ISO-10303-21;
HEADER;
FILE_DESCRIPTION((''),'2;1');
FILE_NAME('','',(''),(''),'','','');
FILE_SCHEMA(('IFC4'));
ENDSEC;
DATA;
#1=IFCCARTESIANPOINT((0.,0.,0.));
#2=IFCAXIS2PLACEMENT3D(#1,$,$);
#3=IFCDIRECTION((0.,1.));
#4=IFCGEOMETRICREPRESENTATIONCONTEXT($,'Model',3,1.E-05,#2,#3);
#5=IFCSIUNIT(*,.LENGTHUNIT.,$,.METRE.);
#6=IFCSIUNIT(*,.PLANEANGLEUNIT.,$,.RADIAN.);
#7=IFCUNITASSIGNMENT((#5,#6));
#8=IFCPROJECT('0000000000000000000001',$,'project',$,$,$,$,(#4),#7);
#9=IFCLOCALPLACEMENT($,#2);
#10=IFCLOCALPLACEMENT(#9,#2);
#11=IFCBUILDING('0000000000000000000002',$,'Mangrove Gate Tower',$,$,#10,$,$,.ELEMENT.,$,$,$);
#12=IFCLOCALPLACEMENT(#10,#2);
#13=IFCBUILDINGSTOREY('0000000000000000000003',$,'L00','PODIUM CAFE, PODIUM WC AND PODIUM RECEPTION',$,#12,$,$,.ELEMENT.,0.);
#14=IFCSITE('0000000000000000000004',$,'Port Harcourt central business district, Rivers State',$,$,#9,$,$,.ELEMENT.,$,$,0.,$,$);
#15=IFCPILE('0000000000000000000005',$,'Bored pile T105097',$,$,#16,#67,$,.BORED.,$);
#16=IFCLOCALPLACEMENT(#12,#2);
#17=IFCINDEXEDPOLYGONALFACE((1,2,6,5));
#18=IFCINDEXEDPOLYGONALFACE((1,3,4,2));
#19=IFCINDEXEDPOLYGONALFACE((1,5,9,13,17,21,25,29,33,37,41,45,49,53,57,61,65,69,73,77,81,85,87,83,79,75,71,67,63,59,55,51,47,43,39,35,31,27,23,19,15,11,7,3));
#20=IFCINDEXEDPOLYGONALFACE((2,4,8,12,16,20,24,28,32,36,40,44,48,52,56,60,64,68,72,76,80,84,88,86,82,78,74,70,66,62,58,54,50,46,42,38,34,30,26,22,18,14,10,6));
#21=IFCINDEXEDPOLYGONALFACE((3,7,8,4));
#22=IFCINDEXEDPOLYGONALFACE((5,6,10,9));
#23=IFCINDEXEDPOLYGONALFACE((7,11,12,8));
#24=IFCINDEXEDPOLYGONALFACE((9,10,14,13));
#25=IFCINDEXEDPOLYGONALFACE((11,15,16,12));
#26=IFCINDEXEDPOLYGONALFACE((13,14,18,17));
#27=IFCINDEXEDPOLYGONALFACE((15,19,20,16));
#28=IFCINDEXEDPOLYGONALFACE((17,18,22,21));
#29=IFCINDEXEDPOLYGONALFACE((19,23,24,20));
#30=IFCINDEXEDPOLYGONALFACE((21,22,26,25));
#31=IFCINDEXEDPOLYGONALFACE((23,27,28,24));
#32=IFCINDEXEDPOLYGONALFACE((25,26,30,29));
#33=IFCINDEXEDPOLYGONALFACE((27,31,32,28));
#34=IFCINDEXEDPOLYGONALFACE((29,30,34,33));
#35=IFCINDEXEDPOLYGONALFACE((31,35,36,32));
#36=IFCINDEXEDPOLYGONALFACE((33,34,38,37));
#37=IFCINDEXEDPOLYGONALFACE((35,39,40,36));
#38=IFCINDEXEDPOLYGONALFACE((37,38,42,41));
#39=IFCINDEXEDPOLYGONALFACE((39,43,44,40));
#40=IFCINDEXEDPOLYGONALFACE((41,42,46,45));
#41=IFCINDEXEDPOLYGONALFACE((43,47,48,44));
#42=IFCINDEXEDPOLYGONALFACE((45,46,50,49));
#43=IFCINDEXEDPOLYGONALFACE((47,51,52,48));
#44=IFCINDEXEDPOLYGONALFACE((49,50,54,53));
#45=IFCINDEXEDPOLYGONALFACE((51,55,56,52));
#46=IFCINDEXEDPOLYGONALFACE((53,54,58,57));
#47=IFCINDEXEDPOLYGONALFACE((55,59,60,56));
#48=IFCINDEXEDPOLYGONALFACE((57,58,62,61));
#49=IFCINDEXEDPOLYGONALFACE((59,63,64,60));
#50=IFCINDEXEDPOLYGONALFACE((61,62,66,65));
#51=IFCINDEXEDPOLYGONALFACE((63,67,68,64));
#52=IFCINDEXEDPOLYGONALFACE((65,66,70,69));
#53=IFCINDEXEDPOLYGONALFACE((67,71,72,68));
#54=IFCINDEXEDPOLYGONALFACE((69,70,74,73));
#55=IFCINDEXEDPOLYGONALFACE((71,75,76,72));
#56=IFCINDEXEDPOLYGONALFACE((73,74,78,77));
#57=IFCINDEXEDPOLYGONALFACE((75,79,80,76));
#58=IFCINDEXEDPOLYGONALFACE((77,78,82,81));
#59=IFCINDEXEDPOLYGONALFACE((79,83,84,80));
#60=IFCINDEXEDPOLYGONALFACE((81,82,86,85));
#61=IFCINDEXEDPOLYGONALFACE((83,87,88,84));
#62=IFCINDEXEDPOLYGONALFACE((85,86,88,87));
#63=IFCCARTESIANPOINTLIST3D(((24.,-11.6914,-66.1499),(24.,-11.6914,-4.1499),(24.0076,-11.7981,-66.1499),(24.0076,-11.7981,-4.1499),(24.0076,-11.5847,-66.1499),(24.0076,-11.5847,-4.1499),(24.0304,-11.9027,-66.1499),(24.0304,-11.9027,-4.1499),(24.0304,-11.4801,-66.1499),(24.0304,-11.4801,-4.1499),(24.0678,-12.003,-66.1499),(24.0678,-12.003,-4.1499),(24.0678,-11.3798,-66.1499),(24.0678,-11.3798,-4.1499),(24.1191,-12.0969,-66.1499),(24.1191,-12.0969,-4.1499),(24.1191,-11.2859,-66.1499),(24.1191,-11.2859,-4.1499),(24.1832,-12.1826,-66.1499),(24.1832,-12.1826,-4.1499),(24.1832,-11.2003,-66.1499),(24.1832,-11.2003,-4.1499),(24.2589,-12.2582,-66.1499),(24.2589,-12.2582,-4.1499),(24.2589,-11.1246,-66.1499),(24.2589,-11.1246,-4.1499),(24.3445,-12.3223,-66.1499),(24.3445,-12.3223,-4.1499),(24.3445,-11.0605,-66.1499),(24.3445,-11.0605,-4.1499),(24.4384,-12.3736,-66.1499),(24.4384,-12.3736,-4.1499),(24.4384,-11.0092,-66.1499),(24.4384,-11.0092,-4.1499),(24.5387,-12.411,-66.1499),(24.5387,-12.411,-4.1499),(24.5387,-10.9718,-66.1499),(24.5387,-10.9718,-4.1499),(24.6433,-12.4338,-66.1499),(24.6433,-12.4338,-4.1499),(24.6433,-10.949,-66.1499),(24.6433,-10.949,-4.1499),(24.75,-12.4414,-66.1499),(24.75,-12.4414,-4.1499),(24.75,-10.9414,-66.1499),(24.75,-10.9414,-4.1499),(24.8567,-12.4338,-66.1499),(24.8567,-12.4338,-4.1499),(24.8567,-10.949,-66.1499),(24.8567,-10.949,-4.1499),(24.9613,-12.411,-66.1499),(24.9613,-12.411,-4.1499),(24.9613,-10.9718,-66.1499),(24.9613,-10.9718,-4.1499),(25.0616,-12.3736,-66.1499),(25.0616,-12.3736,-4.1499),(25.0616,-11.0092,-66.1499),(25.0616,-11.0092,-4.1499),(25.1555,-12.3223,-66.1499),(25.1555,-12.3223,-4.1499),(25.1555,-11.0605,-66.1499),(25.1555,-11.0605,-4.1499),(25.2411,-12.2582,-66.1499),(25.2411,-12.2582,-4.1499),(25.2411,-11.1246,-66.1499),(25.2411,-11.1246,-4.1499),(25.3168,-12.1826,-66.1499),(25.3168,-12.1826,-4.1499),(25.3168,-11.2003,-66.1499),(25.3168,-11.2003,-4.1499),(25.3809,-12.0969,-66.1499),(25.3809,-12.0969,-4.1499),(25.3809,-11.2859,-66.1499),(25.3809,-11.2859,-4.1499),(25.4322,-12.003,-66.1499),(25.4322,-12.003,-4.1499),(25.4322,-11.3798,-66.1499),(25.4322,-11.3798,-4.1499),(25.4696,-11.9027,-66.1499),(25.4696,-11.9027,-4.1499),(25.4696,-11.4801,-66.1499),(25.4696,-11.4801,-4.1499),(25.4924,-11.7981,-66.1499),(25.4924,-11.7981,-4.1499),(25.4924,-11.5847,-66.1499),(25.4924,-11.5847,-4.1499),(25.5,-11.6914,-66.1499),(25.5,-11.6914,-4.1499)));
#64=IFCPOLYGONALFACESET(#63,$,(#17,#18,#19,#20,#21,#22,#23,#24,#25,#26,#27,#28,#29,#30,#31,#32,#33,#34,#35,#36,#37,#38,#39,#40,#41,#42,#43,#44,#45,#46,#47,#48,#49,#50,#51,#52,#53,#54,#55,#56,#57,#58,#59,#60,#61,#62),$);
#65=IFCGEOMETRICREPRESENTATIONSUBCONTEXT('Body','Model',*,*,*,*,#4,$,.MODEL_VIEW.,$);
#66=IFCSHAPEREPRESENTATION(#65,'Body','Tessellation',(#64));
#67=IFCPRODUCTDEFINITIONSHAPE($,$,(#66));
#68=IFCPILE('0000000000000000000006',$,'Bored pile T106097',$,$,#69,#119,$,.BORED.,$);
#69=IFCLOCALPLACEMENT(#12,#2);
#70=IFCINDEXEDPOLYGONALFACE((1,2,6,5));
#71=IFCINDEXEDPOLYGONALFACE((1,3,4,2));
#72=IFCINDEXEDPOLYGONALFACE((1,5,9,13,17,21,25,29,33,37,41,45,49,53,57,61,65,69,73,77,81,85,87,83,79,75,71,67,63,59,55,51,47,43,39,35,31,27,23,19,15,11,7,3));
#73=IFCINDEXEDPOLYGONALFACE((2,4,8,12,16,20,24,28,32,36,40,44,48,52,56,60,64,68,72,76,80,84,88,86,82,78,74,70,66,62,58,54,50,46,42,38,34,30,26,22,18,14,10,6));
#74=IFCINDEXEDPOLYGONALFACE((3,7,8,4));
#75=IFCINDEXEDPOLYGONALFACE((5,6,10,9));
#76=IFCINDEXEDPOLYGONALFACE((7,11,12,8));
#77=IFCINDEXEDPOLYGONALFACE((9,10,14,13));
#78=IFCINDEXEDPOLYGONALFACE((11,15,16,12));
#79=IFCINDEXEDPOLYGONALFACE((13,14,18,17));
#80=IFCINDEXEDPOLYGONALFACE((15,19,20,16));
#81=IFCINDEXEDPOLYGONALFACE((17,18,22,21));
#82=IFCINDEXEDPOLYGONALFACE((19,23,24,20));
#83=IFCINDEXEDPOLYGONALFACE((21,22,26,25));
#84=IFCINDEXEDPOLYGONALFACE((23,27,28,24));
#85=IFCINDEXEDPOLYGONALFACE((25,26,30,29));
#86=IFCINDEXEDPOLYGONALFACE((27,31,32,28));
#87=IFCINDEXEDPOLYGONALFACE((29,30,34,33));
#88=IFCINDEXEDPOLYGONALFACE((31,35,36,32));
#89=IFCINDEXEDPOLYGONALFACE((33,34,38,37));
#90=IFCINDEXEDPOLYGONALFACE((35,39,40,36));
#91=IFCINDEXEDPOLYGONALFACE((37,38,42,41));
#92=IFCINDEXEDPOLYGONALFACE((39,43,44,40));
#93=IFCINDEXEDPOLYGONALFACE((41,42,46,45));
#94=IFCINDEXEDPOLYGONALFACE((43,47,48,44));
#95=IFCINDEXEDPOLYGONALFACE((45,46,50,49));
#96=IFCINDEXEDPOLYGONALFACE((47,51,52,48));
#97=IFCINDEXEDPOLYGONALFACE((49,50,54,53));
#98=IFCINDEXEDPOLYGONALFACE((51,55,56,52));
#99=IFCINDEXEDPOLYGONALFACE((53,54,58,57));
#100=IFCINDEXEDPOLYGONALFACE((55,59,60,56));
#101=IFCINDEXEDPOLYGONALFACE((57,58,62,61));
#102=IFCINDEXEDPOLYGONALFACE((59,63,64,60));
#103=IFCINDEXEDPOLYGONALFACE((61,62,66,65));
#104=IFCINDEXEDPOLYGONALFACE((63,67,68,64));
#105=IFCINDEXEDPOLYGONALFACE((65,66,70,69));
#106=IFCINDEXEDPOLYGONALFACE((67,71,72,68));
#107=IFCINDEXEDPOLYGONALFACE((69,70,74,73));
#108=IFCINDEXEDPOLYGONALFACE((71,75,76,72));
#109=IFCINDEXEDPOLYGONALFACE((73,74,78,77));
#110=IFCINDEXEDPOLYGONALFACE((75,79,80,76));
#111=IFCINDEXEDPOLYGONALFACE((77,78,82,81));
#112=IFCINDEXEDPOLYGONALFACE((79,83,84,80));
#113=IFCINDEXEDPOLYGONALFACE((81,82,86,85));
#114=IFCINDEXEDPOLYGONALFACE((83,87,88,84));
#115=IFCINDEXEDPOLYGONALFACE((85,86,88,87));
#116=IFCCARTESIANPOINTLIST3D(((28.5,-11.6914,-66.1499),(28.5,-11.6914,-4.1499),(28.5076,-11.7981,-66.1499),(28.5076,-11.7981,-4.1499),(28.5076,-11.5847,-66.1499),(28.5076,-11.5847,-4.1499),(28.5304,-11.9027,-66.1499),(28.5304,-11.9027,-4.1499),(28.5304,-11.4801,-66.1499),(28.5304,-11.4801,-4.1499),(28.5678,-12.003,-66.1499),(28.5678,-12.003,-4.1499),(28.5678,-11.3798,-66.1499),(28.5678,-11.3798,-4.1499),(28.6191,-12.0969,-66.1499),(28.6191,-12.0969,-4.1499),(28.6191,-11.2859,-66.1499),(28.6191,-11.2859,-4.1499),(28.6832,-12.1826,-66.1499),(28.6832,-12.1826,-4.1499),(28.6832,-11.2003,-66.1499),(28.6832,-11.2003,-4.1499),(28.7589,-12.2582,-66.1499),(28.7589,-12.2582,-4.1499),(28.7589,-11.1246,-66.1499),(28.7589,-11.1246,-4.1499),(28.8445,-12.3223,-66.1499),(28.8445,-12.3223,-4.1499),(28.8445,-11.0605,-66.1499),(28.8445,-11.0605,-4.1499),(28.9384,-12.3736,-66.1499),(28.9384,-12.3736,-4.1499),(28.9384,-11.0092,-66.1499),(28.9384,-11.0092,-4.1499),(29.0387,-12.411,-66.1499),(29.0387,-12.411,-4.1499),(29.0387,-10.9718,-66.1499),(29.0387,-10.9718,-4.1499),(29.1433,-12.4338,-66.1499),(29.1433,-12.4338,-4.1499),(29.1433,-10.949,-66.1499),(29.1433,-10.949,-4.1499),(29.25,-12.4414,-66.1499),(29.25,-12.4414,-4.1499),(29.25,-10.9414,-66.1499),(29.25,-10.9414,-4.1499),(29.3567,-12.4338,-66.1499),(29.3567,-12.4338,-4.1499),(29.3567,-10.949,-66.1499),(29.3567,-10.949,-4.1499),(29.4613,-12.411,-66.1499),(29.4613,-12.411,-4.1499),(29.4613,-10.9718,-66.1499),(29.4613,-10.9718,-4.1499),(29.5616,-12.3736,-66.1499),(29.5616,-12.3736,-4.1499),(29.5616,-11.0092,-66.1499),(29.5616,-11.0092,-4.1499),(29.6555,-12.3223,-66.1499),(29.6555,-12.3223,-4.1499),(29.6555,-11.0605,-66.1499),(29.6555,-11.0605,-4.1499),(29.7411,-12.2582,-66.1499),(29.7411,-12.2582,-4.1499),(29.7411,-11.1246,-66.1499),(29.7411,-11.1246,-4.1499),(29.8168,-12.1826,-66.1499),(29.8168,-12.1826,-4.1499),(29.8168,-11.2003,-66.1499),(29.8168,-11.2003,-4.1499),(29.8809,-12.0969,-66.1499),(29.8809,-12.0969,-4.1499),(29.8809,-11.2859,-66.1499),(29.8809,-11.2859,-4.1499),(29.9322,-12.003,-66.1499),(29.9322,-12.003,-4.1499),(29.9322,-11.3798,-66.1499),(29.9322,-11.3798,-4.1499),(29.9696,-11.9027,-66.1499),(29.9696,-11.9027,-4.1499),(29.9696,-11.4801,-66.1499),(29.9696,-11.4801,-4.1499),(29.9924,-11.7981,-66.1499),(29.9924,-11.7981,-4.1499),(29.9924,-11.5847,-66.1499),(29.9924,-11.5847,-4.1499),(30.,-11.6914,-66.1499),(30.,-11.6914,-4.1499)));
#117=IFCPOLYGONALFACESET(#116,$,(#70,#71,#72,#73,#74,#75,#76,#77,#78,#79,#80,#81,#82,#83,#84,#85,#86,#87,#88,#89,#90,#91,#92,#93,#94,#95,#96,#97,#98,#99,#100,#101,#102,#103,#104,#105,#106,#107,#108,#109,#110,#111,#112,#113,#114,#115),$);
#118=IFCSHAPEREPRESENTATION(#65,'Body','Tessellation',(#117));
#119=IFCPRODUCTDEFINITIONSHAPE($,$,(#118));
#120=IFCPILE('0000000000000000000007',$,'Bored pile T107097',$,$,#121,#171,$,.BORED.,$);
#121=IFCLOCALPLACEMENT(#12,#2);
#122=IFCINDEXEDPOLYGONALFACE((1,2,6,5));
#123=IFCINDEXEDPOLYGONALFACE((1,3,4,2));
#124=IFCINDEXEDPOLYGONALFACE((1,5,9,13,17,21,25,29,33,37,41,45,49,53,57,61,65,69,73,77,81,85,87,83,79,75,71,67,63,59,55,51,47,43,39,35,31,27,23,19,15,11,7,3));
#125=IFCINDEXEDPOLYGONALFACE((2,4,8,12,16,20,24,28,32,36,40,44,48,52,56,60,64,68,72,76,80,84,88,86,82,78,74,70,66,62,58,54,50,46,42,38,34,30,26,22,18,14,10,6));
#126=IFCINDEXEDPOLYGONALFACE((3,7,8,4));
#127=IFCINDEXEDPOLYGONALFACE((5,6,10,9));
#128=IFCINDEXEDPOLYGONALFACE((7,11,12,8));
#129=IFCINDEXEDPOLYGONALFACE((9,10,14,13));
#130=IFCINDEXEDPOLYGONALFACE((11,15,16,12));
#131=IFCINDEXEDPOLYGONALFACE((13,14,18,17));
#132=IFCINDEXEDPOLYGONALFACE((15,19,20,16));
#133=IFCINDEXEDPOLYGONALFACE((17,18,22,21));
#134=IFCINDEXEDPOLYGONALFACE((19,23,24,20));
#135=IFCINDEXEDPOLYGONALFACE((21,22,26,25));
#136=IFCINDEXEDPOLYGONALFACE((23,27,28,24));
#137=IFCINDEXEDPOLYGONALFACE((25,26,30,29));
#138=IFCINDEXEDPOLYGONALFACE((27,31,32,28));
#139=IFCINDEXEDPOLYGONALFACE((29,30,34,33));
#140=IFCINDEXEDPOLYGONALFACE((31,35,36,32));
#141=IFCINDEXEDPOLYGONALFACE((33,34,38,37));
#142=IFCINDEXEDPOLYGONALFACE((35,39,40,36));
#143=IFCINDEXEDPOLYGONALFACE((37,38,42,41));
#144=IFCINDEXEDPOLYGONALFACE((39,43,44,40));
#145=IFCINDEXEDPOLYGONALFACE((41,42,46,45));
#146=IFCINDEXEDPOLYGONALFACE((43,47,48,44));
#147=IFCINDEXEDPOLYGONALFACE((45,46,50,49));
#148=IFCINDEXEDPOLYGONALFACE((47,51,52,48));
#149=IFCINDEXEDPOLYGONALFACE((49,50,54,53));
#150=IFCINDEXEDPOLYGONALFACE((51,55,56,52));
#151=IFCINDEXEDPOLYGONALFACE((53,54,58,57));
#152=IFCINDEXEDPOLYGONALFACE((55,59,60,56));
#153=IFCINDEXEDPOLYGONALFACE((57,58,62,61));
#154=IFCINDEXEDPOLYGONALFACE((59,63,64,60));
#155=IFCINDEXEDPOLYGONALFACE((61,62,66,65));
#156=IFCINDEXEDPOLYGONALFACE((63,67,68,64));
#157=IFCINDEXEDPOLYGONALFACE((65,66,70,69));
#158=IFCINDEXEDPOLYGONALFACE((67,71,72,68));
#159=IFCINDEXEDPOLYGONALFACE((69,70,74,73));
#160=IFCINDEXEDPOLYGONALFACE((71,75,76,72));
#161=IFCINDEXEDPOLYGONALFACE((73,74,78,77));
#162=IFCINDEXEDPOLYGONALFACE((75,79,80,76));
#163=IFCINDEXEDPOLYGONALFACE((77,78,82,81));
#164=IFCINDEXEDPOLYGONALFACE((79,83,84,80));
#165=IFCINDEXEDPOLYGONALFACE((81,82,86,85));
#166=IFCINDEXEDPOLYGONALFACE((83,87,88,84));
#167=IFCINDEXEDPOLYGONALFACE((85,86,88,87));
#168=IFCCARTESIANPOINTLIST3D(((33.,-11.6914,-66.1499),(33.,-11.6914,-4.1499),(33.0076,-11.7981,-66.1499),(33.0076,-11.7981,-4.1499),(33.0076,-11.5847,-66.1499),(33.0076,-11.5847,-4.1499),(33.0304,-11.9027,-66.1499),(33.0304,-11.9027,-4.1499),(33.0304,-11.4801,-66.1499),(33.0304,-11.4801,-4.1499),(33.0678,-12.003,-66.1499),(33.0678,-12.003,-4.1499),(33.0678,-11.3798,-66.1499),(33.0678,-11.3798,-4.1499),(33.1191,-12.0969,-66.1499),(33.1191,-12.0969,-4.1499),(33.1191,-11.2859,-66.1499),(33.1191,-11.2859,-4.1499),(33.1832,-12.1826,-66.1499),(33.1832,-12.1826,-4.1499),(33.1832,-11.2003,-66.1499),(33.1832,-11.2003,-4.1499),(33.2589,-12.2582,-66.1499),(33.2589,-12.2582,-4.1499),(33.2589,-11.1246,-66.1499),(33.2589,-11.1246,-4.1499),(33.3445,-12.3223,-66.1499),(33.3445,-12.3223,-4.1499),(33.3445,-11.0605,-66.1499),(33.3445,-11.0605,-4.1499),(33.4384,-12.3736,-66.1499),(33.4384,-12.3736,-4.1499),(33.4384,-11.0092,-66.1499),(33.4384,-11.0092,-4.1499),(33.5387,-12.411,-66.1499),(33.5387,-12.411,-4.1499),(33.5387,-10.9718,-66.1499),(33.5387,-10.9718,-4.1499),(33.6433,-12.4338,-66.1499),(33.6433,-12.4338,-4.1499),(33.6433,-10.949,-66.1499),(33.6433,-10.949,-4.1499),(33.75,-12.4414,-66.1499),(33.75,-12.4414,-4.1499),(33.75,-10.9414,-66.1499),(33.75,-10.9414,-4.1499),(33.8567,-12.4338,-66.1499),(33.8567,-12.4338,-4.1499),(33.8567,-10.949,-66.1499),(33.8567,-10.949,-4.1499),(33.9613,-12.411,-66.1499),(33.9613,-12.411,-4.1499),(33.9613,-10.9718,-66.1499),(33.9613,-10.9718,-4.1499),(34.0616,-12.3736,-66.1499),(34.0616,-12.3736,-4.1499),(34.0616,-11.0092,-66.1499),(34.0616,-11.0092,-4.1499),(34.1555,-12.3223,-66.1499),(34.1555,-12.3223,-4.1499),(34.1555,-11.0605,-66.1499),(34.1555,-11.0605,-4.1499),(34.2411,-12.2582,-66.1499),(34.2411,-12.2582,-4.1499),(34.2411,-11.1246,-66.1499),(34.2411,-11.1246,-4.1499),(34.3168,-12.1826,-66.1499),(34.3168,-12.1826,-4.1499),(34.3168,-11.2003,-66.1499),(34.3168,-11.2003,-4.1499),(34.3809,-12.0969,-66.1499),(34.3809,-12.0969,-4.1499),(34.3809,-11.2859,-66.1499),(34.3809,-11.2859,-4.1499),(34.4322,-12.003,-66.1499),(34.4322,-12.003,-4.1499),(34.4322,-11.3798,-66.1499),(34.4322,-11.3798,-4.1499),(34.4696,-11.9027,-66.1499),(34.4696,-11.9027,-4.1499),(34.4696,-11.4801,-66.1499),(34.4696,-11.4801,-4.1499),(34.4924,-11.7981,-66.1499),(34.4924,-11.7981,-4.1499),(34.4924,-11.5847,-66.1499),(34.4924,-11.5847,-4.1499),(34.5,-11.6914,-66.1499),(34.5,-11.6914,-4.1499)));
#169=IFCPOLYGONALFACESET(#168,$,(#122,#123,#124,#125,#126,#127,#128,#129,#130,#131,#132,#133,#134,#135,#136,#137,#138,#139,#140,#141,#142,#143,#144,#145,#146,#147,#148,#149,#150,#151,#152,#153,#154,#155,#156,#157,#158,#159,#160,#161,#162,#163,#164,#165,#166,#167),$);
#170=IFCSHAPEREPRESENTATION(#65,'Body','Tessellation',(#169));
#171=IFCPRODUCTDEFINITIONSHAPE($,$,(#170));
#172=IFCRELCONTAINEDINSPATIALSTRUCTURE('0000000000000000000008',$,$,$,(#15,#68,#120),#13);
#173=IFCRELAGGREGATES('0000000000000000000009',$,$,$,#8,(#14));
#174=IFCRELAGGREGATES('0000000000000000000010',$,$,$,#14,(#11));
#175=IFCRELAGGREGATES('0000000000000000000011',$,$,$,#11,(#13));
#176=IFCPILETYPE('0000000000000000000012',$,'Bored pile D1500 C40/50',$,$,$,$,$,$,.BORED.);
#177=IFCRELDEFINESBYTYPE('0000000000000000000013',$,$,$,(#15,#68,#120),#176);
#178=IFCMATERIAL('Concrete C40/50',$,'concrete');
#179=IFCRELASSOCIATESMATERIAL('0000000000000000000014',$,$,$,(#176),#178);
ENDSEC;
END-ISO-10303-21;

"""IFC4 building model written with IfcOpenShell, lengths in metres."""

from ifc_helpers import new_model, si_unit, direction, frame, origin, origin_2d, place, context, subcontext, project, spatial, circle, extrude, material, material_profile, profile_set, type_object, element, save


model = new_model("IFC4")

# Units and contexts
model_context = context("Model", 3, precision=1e-05, world=origin(), true_north=direction((0.0, 1.0)))
body_context = subcontext(model_context, "Body", "Model", "MODEL_VIEW")
ifc_project = project(units=[si_unit("LENGTHUNIT", "METRE"), si_unit("PLANEANGLEUNIT", "RADIAN")], contexts=[model_context])

# Site, building, storey
site_placement = place(None, origin())
site = spatial("IfcSite", under=ifc_project, at=site_placement, Name="Port Harcourt central business district, Rivers State", CompositionType="ELEMENT", RefElevation=0.0)
building_placement = place(site_placement, origin())
building = spatial("IfcBuilding", under=site, at=building_placement, Name="Mangrove Gate Tower", CompositionType="ELEMENT")
storey_placement = place(building_placement, origin())
storey = spatial("IfcBuildingStorey", under=building, at=storey_placement, Name="L00", Description="PODIUM CAFE, PODIUM WC AND PODIUM RECEPTION", CompositionType="ELEMENT", Elevation=0.0)

# Piles
ifc_material_1 = material(Name="Concrete C40/50", Category="concrete")
ifc_material_profile_1 = material_profile(ifc_material_1, circle(Radius=0.75, at=origin_2d()))
ifc_profile_set_1 = profile_set([ifc_material_profile_1], Name="Concrete C40/50")
pile_type = type_object("IfcPileType", Name="Bored pile D1500 C40/50", PredefinedType="BORED", material=ifc_profile_set_1)
for number, where, z_axis, x_axis, name in (
    (1, (24.75, -11.6914, -4.1499), (0.0, 0.0, -1.0), (1.0, 0.0, 0.0), "Bored pile T105097"),
    (2, (29.25, -11.6914, -4.1499), (0.0, 0.0, -1.0), (1.0, 0.0, 0.0), "Bored pile T106097"),
    (3, (33.75, -11.6914, -4.1499), (0.0, 0.0, -1.0), (1.0, 0.0, 0.0), "Bored pile T107097"),
):
    element("IfcPile", number, at=place(storey_placement, frame(where, z_axis=z_axis, x_axis=x_axis)), inside=storey, type_object=pile_type, Name=name, PredefinedType="BORED", context=body_context, shape_type="SweptSolid", body=[
        extrude(circle(Radius=0.75, at=origin_2d()), origin(), (0.0, 0.0, 1.0), 62.0),
    ])

save(model, "model.ifc")
